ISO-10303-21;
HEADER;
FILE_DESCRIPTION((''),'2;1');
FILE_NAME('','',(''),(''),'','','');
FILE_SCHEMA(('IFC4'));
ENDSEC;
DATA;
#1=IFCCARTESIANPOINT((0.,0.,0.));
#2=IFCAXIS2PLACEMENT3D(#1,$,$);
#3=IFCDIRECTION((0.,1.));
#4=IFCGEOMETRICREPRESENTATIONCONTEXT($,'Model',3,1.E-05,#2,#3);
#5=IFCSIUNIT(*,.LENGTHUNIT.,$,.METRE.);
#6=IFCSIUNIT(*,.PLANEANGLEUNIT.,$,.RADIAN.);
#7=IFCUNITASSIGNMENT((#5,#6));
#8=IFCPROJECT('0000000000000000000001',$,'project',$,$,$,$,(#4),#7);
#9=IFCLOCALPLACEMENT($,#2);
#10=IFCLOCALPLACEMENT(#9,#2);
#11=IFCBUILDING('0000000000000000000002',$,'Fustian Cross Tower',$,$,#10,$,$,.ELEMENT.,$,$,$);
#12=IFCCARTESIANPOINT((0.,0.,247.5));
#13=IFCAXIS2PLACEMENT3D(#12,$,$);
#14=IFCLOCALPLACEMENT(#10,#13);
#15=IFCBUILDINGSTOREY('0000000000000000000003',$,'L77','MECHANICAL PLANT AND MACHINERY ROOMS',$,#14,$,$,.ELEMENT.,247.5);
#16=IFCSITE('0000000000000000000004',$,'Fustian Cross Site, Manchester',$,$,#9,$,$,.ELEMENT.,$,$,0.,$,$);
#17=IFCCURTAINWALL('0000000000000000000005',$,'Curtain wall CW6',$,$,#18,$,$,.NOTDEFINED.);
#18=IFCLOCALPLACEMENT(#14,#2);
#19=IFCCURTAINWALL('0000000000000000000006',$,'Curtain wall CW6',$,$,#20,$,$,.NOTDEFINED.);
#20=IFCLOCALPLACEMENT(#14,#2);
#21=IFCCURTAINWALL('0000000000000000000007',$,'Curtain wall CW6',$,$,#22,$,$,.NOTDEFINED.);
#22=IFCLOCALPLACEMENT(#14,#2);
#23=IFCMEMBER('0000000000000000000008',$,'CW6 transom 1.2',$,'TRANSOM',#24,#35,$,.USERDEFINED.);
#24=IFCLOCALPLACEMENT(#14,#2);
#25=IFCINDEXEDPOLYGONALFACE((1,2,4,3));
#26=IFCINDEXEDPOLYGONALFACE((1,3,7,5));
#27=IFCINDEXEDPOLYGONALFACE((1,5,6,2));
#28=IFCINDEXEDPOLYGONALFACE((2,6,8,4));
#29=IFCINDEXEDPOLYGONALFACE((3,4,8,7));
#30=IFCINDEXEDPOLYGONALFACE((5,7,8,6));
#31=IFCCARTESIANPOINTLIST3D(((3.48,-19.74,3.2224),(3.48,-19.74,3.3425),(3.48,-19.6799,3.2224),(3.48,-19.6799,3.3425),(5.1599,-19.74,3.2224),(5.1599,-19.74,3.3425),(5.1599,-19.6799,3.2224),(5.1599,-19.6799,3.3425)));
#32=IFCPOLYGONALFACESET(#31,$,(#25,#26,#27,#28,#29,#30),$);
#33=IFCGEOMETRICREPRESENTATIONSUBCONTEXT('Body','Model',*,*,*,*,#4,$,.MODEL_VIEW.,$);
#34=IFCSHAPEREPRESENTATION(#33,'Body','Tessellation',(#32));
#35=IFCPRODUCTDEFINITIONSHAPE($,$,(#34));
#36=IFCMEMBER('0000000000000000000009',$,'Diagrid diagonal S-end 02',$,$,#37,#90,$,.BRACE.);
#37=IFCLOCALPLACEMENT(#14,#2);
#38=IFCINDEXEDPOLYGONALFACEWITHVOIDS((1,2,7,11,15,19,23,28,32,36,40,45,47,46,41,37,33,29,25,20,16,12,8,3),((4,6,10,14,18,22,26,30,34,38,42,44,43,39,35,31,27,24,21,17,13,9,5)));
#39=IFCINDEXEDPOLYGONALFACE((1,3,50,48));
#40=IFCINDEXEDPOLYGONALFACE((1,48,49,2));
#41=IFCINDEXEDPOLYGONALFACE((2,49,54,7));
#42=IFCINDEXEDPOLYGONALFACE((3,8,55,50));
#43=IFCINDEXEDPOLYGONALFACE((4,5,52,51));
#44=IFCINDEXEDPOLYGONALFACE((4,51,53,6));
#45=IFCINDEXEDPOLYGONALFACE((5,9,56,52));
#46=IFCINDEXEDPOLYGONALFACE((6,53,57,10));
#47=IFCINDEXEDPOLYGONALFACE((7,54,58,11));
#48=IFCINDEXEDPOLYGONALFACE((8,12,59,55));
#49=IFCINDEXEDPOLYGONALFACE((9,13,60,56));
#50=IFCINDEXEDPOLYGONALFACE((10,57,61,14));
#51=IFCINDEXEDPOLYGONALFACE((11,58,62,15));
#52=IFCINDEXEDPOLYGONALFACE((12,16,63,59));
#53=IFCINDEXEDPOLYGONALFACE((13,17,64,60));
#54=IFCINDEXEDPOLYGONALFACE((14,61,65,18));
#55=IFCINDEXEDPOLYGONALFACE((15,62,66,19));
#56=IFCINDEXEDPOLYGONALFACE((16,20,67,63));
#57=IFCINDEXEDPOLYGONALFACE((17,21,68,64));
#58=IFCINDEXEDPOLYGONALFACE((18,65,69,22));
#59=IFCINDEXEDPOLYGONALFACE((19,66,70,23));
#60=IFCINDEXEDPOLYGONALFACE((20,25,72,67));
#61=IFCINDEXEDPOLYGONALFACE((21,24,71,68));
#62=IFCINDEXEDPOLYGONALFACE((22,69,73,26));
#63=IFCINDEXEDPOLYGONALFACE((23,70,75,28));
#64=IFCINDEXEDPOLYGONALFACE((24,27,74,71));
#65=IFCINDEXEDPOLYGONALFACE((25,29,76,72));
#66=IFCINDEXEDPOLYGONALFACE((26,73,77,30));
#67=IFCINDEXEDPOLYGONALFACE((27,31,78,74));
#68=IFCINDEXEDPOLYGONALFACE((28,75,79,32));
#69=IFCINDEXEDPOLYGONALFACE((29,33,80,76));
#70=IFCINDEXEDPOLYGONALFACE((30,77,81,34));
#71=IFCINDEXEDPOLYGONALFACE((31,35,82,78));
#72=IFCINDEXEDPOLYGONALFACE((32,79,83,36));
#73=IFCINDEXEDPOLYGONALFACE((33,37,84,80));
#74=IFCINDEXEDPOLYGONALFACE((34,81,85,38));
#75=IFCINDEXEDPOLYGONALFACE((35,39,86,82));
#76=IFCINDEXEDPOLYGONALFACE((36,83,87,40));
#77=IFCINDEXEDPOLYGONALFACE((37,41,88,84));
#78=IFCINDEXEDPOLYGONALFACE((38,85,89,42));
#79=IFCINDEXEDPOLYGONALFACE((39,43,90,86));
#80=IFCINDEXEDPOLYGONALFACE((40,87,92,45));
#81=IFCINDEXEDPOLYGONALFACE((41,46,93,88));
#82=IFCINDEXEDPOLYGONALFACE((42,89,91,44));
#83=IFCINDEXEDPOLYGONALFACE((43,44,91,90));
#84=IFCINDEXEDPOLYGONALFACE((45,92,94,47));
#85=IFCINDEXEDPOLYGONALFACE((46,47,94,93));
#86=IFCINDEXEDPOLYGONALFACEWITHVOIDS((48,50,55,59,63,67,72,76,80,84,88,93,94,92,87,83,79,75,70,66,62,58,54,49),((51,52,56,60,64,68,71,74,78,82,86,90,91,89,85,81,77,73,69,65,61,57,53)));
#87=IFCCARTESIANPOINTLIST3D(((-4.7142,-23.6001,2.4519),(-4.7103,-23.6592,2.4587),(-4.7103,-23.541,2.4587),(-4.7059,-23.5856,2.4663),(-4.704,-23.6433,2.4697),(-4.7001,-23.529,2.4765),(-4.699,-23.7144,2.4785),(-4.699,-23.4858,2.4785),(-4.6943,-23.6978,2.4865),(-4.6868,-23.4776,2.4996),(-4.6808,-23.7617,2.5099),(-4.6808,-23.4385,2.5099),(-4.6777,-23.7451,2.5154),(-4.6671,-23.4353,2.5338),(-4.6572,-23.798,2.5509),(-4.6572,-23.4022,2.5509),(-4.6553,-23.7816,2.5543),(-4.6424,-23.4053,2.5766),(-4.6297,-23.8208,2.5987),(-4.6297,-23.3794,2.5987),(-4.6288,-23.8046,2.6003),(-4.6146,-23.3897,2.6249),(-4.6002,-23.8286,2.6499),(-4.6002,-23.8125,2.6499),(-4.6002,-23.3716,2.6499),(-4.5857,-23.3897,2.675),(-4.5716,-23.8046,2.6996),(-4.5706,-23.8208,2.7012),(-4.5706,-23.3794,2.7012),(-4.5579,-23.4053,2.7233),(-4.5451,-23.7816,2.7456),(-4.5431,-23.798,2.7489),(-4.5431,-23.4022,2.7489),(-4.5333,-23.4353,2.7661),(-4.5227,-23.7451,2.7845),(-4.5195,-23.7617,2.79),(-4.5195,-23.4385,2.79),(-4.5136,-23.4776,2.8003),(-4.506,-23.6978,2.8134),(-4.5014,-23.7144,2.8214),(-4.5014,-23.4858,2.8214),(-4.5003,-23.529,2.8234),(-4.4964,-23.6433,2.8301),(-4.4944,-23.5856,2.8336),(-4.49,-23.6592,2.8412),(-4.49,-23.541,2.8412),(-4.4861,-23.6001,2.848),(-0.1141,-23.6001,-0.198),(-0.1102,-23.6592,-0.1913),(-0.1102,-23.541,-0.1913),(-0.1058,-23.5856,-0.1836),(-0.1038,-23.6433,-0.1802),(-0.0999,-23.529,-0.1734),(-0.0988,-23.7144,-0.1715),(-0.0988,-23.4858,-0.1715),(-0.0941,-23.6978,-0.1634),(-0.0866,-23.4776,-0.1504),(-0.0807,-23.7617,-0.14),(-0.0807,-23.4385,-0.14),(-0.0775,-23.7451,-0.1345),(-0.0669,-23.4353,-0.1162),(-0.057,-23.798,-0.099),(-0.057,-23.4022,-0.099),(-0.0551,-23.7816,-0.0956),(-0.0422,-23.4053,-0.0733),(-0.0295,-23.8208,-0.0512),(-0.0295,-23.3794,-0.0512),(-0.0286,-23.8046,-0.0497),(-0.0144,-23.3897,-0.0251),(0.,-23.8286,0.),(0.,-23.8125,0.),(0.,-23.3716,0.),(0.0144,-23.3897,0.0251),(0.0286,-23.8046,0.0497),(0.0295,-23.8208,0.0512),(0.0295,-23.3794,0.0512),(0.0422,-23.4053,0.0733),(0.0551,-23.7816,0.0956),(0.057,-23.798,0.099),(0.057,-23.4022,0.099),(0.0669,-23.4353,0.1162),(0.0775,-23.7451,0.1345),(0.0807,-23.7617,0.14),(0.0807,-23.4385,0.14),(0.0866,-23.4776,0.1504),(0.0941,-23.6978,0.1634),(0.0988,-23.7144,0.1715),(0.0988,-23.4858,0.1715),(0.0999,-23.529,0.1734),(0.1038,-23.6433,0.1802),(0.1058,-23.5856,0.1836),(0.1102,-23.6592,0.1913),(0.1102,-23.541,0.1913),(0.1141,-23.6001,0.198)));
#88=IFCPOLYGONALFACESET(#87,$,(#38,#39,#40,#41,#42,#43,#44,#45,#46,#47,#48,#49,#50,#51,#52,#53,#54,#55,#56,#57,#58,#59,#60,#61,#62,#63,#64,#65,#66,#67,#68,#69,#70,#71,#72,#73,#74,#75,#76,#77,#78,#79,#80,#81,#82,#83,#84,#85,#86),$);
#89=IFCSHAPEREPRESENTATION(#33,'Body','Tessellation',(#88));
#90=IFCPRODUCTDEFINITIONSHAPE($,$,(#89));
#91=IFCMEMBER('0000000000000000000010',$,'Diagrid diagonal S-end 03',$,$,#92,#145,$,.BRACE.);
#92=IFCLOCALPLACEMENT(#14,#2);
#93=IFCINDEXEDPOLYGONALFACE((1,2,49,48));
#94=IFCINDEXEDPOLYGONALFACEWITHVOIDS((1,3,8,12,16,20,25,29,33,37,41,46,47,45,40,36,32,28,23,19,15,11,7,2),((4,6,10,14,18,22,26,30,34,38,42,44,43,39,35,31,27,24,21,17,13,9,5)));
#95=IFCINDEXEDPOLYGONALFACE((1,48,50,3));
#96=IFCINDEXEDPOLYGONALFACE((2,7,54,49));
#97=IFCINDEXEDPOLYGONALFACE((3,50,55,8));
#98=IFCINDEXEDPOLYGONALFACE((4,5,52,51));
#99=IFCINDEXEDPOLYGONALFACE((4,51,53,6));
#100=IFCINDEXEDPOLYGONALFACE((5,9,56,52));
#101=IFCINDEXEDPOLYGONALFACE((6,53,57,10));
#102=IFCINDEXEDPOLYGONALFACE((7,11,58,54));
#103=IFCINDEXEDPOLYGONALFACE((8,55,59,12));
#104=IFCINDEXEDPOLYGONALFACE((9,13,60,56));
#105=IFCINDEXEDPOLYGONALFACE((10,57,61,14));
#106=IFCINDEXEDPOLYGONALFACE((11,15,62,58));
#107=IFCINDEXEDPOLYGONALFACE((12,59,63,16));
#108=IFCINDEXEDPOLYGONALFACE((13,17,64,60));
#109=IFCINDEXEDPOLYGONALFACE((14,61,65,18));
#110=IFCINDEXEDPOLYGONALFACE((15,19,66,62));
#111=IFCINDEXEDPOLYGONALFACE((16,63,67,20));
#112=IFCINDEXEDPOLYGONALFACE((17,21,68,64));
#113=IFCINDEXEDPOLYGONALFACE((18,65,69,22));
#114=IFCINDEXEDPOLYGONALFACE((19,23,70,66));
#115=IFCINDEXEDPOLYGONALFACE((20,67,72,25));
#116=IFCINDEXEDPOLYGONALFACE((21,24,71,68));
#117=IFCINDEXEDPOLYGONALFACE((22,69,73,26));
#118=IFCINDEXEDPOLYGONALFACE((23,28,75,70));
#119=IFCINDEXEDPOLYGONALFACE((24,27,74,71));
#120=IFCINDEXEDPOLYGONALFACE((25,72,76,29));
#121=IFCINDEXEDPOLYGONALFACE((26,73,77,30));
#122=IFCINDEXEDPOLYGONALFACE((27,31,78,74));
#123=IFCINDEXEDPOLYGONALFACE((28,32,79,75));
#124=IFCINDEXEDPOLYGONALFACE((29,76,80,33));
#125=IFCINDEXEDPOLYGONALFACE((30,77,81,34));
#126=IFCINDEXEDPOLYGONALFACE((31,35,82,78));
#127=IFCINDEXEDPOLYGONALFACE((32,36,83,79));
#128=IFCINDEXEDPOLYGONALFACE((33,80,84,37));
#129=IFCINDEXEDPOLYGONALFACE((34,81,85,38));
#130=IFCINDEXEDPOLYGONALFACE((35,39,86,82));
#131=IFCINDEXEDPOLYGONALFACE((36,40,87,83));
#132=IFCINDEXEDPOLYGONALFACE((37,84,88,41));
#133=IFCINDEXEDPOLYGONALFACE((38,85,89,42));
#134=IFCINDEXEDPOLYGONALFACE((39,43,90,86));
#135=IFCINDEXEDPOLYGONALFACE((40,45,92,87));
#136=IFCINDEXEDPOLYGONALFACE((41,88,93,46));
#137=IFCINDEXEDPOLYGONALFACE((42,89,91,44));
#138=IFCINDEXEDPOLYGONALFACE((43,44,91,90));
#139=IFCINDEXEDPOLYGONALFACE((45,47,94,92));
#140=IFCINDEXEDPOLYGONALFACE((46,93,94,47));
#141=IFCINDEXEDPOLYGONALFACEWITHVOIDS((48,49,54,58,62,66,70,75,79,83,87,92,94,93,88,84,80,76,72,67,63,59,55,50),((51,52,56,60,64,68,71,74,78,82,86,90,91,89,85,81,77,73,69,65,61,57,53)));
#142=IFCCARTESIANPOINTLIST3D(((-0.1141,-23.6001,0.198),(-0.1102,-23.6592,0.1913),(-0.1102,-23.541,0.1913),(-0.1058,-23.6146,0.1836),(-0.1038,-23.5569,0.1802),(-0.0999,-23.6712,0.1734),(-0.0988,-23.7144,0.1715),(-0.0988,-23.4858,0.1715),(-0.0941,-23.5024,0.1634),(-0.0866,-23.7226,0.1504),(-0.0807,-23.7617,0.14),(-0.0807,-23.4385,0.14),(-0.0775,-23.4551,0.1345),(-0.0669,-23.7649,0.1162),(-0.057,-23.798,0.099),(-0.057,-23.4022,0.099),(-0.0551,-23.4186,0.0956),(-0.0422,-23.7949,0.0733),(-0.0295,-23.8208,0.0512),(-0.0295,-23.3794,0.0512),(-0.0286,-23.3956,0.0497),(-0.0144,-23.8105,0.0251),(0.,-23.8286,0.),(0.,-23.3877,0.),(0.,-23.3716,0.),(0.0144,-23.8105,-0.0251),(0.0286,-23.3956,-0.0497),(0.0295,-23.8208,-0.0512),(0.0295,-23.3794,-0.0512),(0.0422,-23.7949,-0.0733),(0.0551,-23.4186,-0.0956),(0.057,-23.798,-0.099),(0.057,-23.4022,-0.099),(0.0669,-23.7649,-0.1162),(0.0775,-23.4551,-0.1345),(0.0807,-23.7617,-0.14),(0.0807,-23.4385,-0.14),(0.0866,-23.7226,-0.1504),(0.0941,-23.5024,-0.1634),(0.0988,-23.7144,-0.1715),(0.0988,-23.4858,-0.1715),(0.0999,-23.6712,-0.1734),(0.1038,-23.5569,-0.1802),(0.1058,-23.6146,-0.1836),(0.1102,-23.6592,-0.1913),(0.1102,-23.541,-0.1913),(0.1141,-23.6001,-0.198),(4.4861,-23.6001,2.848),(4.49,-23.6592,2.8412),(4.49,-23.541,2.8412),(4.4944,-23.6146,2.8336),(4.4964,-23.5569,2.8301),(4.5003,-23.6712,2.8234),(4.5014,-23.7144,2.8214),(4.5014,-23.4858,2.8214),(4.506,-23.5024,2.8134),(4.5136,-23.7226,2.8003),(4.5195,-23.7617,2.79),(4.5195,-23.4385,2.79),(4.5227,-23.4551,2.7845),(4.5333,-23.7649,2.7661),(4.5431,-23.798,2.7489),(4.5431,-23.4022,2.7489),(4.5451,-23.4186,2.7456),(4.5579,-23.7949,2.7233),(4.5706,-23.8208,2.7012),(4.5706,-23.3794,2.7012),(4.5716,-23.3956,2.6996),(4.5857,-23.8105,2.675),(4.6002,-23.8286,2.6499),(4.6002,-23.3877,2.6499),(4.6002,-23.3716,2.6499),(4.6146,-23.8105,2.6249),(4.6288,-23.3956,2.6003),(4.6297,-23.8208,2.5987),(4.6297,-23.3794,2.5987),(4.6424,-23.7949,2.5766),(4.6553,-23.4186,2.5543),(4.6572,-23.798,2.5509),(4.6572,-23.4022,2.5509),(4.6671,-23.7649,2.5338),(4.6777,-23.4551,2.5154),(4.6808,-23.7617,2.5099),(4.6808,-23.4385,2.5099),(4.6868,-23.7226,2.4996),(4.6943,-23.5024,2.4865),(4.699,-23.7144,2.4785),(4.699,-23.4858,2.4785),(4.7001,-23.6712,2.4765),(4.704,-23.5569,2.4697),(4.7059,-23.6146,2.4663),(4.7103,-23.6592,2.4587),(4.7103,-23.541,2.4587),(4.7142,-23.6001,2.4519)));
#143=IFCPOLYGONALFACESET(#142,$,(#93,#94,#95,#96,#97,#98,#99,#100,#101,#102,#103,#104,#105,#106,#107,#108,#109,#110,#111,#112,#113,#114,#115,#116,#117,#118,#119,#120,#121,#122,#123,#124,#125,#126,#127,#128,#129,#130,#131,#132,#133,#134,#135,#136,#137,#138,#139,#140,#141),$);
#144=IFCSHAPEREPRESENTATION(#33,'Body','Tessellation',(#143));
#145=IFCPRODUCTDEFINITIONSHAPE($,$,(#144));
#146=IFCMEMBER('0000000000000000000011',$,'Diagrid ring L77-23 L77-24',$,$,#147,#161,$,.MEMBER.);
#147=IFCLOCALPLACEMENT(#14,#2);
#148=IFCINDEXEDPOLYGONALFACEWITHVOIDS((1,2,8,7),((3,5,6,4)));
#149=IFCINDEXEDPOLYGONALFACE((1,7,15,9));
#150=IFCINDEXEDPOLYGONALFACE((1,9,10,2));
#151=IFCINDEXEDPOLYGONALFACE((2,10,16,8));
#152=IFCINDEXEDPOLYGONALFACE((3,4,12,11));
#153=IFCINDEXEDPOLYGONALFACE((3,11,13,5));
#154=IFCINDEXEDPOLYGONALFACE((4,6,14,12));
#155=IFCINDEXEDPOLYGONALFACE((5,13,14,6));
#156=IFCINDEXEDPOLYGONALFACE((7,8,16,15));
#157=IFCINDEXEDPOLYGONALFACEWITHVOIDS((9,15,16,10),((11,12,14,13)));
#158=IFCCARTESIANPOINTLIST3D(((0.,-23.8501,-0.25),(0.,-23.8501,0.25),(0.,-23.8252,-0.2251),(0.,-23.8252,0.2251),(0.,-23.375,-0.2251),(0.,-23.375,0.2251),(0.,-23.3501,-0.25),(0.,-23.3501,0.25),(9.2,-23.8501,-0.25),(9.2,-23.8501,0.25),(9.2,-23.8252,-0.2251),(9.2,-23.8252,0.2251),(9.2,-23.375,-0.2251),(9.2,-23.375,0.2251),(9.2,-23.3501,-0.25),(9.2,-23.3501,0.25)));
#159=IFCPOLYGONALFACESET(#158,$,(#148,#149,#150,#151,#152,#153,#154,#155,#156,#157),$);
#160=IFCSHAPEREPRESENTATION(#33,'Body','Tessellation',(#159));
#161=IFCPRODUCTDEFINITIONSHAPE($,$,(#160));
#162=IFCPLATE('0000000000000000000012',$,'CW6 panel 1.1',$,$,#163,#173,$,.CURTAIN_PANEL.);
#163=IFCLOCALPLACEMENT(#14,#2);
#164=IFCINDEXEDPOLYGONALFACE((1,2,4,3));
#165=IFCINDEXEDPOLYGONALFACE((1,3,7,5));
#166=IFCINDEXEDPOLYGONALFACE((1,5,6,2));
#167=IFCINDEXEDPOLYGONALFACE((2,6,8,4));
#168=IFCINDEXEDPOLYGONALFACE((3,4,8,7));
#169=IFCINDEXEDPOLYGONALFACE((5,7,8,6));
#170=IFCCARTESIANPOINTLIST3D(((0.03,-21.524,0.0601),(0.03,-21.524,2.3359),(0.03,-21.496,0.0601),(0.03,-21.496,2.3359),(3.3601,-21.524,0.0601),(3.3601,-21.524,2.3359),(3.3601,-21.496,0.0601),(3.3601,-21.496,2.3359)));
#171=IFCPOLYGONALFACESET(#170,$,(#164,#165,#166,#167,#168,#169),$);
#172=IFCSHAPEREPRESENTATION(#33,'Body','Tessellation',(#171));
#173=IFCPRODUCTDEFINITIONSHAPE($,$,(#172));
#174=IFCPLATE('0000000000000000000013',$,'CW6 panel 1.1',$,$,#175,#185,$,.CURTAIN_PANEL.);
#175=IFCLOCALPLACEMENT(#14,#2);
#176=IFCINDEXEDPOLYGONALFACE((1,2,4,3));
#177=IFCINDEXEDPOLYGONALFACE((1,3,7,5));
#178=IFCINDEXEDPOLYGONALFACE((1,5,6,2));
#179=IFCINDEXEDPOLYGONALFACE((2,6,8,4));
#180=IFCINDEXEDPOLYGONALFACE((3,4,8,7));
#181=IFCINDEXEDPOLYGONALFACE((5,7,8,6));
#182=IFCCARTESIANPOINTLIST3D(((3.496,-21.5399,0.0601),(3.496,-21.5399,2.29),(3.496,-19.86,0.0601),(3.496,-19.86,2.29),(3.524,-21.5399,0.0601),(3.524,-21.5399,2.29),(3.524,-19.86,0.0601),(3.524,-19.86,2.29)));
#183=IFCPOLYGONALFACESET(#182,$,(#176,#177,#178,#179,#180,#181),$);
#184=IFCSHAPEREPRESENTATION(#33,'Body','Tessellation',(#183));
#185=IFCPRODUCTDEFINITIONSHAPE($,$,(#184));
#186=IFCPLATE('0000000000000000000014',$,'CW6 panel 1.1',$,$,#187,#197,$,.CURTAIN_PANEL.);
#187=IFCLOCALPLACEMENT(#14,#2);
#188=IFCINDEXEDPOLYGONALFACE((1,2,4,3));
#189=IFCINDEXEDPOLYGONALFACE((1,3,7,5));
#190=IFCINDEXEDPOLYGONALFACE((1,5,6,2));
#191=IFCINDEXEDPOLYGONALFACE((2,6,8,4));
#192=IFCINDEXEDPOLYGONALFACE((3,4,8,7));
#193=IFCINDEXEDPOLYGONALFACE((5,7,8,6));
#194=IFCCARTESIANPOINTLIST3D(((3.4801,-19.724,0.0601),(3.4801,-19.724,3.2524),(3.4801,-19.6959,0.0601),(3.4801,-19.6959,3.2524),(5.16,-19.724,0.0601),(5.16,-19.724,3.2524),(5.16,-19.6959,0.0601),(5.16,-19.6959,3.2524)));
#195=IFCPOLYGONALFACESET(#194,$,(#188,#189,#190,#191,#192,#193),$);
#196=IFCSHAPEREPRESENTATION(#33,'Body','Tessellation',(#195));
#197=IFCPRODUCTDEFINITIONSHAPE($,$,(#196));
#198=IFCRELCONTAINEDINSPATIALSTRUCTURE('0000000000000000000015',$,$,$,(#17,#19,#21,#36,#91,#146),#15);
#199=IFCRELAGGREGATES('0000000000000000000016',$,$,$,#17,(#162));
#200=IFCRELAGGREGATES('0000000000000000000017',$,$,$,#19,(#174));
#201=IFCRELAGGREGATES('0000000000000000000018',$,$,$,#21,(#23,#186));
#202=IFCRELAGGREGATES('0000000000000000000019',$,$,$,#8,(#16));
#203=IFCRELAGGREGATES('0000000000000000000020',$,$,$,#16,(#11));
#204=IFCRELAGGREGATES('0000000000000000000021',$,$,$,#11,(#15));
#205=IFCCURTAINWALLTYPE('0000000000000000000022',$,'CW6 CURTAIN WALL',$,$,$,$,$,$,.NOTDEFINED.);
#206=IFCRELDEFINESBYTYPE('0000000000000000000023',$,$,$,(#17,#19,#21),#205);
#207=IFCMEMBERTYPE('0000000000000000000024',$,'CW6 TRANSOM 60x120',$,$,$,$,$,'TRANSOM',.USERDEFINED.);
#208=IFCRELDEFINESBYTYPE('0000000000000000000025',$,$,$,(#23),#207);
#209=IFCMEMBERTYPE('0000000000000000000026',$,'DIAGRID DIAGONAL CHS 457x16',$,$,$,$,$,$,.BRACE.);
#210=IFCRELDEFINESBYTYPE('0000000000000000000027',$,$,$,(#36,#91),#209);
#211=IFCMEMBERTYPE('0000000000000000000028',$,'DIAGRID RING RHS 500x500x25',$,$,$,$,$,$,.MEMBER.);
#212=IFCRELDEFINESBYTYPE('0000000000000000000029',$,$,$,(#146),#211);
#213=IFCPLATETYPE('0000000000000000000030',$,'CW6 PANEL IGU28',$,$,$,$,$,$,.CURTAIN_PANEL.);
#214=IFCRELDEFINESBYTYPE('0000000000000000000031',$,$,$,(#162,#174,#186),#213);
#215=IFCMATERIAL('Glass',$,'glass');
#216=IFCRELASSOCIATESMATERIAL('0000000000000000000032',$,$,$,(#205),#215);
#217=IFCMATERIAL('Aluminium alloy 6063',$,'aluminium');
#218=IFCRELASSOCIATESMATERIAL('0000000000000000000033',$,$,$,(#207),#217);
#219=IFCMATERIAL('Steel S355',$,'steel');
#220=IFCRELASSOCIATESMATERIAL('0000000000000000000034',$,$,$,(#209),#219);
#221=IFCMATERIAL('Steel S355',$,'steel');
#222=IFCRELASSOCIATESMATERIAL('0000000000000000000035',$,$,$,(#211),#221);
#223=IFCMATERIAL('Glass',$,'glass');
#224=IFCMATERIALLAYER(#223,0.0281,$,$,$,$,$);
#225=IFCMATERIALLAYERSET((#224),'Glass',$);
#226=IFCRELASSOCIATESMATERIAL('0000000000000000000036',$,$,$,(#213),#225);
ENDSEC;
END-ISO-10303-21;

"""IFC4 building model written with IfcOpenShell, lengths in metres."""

from ifc_helpers import new_model, si_unit, direction, frame, origin, origin_2d, place, context, subcontext, project, spatial, rectangle, hollow_rectangle, hollow_circle, extrude, material, layer, layer_set, material_profile, profile_set, type_object, element, aggregate, save


model = new_model("IFC4")

# Units and contexts
model_context = context("Model", 3, precision=1e-05, world=origin(), true_north=direction((0.0, 1.0)))
body_context = subcontext(model_context, "Body", "Model", "MODEL_VIEW")
ifc_project = project(units=[si_unit("LENGTHUNIT", "METRE"), si_unit("PLANEANGLEUNIT", "RADIAN")], contexts=[model_context])

# Site, building, storey
site_placement = place(None, origin())
site = spatial("IfcSite", under=ifc_project, at=site_placement, Name="Fustian Cross Site, Manchester", CompositionType="ELEMENT", RefElevation=0.0)
building_placement = place(site_placement, origin())
building = spatial("IfcBuilding", under=site, at=building_placement, Name="Fustian Cross Tower", CompositionType="ELEMENT")
storey_placement = place(building_placement, frame((0.0, 0.0, 247.5)))
storey = spatial("IfcBuildingStorey", under=building, at=storey_placement, Name="L77", Description="MECHANICAL PLANT AND MACHINERY ROOMS", CompositionType="ELEMENT", Elevation=247.5)

# Shared definitions
ifc_material_1 = material(Name="Glass", Category="glass")
curtain_wall_type = type_object("IfcCurtainWallType", Name="CW6 CURTAIN WALL", PredefinedType="NOTDEFINED", material=ifc_material_1)

# Curtain walls
curtain_wall_1_placement = place(storey_placement, origin())
curtain_wall_1 = element("IfcCurtainWall", 1, at=curtain_wall_1_placement, inside=storey, type_object=curtain_wall_type, Name="Curtain wall CW6", PredefinedType="NOTDEFINED")
curtain_wall_2_placement = place(storey_placement, origin())
curtain_wall_2 = element("IfcCurtainWall", 2, at=curtain_wall_2_placement, inside=storey, type_object=curtain_wall_type, Name="Curtain wall CW6", PredefinedType="NOTDEFINED")

# Curtain wall
curtain_wall_3_placement = place(storey_placement, origin())
curtain_wall_3 = element("IfcCurtainWall", 3, at=curtain_wall_3_placement, inside=storey, type_object=curtain_wall_type, Name="Curtain wall CW6", PredefinedType="NOTDEFINED")

# Member
ifc_material_2 = material(Name="Aluminium alloy 6063", Category="aluminium")
ifc_material_profile_1 = material_profile(ifc_material_2, rectangle(XDim=0.0601, YDim=0.1201, at=origin_2d()), Name="CW6 TRANSOM 60x120")
ifc_profile_set_1 = profile_set([ifc_material_profile_1], Name="Aluminium alloy 6063")
member_type_1 = type_object("IfcMemberType", Name="CW6 TRANSOM 60x120", ElementType="TRANSOM", PredefinedType="USERDEFINED", material=ifc_profile_set_1)
member_1_placement = place(storey_placement, frame((3.48, -19.71, 3.2825), z_axis=(1.0, 0.0, 0.0), x_axis=(0.0, 1.0, 0.0)))
member_1 = element("IfcMember", 4, at=member_1_placement, type_object=member_type_1, Name="CW6 transom 1.2", ObjectType="TRANSOM", PredefinedType="USERDEFINED", context=body_context, shape_type="SweptSolid", body=[
    extrude(rectangle(XDim=0.0601, YDim=0.1201, at=origin_2d()), origin(), (0.0, 0.0, 1.0), 1.6799),
])

# Members
ifc_material_3 = material(Name="Steel S355", Category="steel")
ifc_material_profile_2 = material_profile(ifc_material_3, hollow_circle(Radius=0.2285, WallThickness=0.0161, at=origin_2d()), Name="CHS 457x16")
ifc_profile_set_2 = profile_set([ifc_material_profile_2], Name="Steel S355")
member_type_2 = type_object("IfcMemberType", Name="DIAGRID DIAGONAL CHS 457x16", PredefinedType="BRACE", material=ifc_profile_set_2)
for number, where, z_axis, x_axis, name in (
    (5, (0.0, -23.6001, 0.0), (-0.866512, 0.0, 0.499157), (0.0, -1.0, 0.0), "Diagrid diagonal S-end 02"),
    (6, (0.0, -23.6001, 0.0), (0.866512, 0.0, 0.499157), (0.0, 1.0, 0.0), "Diagrid diagonal S-end 03"),
):
    element("IfcMember", number, at=place(storey_placement, frame(where, z_axis=z_axis, x_axis=x_axis)), inside=storey, type_object=member_type_2, Name=name, PredefinedType="BRACE", context=body_context, shape_type="SweptSolid", body=[
        extrude(hollow_circle(Radius=0.2285, WallThickness=0.0161, at=origin_2d()), origin(), (0.0, 0.0, 1.0), 5.3088),
    ])
ifc_material_4 = material(Name="Steel S355", Category="steel")
ifc_material_profile_3 = material_profile(ifc_material_4, hollow_rectangle(XDim=0.5, YDim=0.5, WallThickness=0.0249, at=origin_2d()), Name="RHS 500x500x25")
ifc_profile_set_3 = profile_set([ifc_material_profile_3], Name="Steel S355")
member_type_3 = type_object("IfcMemberType", Name="DIAGRID RING RHS 500x500x25", PredefinedType="MEMBER", material=ifc_profile_set_3)
member_2_placement = place(storey_placement, frame((0.0, -23.6001, 0.0), z_axis=(1.0, 0.0, 0.0), x_axis=(0.0, 1.0, 0.0)))
element("IfcMember", 7, at=member_2_placement, inside=storey, type_object=member_type_3, Name="Diagrid ring L77-23 L77-24", PredefinedType="MEMBER", context=body_context, shape_type="SweptSolid", body=[
    extrude(hollow_rectangle(XDim=0.5, YDim=0.5, WallThickness=0.0249, at=origin_2d()), origin(), (0.0, 0.0, 1.0), 9.2),
])

# Plates
ifc_material_5 = material(Name="Glass", Category="glass")
ifc_layer_1 = layer(ifc_material_5, 0.0281)
ifc_layer_set_1 = layer_set([ifc_layer_1], Name="Glass")
plate_type = type_object("IfcPlateType", Name="CW6 PANEL IGU28", PredefinedType="CURTAIN_PANEL", material=ifc_layer_set_1)
plate_1_placement = place(storey_placement, frame((1.6951, -21.51, 0.0601), z_axis=(0.0, 0.0, 1.0), x_axis=(1.0, 0.0, 0.0)))
plate_1 = element("IfcPlate", 8, at=plate_1_placement, type_object=plate_type, Name="CW6 panel 1.1", PredefinedType="CURTAIN_PANEL", context=body_context, shape_type="SweptSolid", body=[
    extrude(rectangle(XDim=3.3301, YDim=0.0281, at=origin_2d()), origin(), (0.0, 0.0, 1.0), 2.2759),
])
aggregate(curtain_wall_1, [plate_1])
plate_2_placement = place(storey_placement, frame((3.51, -20.7, 0.0601), z_axis=(0.0, 0.0, 1.0), x_axis=(0.0, 1.0, 0.0)))
plate_2 = element("IfcPlate", 9, at=plate_2_placement, type_object=plate_type, Name="CW6 panel 1.1", PredefinedType="CURTAIN_PANEL", context=body_context, shape_type="SweptSolid", body=[
    extrude(rectangle(XDim=1.6799, YDim=0.0281, at=origin_2d()), origin(), (0.0, 0.0, 1.0), 2.23),
])
aggregate(curtain_wall_2, [plate_2])
plate_3_placement = place(storey_placement, frame((4.3201, -19.71, 0.0601), z_axis=(0.0, 0.0, 1.0), x_axis=(1.0, 0.0, 0.0)))
plate_3 = element("IfcPlate", 10, at=plate_3_placement, type_object=plate_type, Name="CW6 panel 1.1", PredefinedType="CURTAIN_PANEL", context=body_context, shape_type="SweptSolid", body=[
    extrude(rectangle(XDim=1.6799, YDim=0.0281, at=origin_2d()), origin(), (0.0, 0.0, 1.0), 3.1924),
])
aggregate(curtain_wall_3, [member_1, plate_3])

save(model, "model.ifc")
